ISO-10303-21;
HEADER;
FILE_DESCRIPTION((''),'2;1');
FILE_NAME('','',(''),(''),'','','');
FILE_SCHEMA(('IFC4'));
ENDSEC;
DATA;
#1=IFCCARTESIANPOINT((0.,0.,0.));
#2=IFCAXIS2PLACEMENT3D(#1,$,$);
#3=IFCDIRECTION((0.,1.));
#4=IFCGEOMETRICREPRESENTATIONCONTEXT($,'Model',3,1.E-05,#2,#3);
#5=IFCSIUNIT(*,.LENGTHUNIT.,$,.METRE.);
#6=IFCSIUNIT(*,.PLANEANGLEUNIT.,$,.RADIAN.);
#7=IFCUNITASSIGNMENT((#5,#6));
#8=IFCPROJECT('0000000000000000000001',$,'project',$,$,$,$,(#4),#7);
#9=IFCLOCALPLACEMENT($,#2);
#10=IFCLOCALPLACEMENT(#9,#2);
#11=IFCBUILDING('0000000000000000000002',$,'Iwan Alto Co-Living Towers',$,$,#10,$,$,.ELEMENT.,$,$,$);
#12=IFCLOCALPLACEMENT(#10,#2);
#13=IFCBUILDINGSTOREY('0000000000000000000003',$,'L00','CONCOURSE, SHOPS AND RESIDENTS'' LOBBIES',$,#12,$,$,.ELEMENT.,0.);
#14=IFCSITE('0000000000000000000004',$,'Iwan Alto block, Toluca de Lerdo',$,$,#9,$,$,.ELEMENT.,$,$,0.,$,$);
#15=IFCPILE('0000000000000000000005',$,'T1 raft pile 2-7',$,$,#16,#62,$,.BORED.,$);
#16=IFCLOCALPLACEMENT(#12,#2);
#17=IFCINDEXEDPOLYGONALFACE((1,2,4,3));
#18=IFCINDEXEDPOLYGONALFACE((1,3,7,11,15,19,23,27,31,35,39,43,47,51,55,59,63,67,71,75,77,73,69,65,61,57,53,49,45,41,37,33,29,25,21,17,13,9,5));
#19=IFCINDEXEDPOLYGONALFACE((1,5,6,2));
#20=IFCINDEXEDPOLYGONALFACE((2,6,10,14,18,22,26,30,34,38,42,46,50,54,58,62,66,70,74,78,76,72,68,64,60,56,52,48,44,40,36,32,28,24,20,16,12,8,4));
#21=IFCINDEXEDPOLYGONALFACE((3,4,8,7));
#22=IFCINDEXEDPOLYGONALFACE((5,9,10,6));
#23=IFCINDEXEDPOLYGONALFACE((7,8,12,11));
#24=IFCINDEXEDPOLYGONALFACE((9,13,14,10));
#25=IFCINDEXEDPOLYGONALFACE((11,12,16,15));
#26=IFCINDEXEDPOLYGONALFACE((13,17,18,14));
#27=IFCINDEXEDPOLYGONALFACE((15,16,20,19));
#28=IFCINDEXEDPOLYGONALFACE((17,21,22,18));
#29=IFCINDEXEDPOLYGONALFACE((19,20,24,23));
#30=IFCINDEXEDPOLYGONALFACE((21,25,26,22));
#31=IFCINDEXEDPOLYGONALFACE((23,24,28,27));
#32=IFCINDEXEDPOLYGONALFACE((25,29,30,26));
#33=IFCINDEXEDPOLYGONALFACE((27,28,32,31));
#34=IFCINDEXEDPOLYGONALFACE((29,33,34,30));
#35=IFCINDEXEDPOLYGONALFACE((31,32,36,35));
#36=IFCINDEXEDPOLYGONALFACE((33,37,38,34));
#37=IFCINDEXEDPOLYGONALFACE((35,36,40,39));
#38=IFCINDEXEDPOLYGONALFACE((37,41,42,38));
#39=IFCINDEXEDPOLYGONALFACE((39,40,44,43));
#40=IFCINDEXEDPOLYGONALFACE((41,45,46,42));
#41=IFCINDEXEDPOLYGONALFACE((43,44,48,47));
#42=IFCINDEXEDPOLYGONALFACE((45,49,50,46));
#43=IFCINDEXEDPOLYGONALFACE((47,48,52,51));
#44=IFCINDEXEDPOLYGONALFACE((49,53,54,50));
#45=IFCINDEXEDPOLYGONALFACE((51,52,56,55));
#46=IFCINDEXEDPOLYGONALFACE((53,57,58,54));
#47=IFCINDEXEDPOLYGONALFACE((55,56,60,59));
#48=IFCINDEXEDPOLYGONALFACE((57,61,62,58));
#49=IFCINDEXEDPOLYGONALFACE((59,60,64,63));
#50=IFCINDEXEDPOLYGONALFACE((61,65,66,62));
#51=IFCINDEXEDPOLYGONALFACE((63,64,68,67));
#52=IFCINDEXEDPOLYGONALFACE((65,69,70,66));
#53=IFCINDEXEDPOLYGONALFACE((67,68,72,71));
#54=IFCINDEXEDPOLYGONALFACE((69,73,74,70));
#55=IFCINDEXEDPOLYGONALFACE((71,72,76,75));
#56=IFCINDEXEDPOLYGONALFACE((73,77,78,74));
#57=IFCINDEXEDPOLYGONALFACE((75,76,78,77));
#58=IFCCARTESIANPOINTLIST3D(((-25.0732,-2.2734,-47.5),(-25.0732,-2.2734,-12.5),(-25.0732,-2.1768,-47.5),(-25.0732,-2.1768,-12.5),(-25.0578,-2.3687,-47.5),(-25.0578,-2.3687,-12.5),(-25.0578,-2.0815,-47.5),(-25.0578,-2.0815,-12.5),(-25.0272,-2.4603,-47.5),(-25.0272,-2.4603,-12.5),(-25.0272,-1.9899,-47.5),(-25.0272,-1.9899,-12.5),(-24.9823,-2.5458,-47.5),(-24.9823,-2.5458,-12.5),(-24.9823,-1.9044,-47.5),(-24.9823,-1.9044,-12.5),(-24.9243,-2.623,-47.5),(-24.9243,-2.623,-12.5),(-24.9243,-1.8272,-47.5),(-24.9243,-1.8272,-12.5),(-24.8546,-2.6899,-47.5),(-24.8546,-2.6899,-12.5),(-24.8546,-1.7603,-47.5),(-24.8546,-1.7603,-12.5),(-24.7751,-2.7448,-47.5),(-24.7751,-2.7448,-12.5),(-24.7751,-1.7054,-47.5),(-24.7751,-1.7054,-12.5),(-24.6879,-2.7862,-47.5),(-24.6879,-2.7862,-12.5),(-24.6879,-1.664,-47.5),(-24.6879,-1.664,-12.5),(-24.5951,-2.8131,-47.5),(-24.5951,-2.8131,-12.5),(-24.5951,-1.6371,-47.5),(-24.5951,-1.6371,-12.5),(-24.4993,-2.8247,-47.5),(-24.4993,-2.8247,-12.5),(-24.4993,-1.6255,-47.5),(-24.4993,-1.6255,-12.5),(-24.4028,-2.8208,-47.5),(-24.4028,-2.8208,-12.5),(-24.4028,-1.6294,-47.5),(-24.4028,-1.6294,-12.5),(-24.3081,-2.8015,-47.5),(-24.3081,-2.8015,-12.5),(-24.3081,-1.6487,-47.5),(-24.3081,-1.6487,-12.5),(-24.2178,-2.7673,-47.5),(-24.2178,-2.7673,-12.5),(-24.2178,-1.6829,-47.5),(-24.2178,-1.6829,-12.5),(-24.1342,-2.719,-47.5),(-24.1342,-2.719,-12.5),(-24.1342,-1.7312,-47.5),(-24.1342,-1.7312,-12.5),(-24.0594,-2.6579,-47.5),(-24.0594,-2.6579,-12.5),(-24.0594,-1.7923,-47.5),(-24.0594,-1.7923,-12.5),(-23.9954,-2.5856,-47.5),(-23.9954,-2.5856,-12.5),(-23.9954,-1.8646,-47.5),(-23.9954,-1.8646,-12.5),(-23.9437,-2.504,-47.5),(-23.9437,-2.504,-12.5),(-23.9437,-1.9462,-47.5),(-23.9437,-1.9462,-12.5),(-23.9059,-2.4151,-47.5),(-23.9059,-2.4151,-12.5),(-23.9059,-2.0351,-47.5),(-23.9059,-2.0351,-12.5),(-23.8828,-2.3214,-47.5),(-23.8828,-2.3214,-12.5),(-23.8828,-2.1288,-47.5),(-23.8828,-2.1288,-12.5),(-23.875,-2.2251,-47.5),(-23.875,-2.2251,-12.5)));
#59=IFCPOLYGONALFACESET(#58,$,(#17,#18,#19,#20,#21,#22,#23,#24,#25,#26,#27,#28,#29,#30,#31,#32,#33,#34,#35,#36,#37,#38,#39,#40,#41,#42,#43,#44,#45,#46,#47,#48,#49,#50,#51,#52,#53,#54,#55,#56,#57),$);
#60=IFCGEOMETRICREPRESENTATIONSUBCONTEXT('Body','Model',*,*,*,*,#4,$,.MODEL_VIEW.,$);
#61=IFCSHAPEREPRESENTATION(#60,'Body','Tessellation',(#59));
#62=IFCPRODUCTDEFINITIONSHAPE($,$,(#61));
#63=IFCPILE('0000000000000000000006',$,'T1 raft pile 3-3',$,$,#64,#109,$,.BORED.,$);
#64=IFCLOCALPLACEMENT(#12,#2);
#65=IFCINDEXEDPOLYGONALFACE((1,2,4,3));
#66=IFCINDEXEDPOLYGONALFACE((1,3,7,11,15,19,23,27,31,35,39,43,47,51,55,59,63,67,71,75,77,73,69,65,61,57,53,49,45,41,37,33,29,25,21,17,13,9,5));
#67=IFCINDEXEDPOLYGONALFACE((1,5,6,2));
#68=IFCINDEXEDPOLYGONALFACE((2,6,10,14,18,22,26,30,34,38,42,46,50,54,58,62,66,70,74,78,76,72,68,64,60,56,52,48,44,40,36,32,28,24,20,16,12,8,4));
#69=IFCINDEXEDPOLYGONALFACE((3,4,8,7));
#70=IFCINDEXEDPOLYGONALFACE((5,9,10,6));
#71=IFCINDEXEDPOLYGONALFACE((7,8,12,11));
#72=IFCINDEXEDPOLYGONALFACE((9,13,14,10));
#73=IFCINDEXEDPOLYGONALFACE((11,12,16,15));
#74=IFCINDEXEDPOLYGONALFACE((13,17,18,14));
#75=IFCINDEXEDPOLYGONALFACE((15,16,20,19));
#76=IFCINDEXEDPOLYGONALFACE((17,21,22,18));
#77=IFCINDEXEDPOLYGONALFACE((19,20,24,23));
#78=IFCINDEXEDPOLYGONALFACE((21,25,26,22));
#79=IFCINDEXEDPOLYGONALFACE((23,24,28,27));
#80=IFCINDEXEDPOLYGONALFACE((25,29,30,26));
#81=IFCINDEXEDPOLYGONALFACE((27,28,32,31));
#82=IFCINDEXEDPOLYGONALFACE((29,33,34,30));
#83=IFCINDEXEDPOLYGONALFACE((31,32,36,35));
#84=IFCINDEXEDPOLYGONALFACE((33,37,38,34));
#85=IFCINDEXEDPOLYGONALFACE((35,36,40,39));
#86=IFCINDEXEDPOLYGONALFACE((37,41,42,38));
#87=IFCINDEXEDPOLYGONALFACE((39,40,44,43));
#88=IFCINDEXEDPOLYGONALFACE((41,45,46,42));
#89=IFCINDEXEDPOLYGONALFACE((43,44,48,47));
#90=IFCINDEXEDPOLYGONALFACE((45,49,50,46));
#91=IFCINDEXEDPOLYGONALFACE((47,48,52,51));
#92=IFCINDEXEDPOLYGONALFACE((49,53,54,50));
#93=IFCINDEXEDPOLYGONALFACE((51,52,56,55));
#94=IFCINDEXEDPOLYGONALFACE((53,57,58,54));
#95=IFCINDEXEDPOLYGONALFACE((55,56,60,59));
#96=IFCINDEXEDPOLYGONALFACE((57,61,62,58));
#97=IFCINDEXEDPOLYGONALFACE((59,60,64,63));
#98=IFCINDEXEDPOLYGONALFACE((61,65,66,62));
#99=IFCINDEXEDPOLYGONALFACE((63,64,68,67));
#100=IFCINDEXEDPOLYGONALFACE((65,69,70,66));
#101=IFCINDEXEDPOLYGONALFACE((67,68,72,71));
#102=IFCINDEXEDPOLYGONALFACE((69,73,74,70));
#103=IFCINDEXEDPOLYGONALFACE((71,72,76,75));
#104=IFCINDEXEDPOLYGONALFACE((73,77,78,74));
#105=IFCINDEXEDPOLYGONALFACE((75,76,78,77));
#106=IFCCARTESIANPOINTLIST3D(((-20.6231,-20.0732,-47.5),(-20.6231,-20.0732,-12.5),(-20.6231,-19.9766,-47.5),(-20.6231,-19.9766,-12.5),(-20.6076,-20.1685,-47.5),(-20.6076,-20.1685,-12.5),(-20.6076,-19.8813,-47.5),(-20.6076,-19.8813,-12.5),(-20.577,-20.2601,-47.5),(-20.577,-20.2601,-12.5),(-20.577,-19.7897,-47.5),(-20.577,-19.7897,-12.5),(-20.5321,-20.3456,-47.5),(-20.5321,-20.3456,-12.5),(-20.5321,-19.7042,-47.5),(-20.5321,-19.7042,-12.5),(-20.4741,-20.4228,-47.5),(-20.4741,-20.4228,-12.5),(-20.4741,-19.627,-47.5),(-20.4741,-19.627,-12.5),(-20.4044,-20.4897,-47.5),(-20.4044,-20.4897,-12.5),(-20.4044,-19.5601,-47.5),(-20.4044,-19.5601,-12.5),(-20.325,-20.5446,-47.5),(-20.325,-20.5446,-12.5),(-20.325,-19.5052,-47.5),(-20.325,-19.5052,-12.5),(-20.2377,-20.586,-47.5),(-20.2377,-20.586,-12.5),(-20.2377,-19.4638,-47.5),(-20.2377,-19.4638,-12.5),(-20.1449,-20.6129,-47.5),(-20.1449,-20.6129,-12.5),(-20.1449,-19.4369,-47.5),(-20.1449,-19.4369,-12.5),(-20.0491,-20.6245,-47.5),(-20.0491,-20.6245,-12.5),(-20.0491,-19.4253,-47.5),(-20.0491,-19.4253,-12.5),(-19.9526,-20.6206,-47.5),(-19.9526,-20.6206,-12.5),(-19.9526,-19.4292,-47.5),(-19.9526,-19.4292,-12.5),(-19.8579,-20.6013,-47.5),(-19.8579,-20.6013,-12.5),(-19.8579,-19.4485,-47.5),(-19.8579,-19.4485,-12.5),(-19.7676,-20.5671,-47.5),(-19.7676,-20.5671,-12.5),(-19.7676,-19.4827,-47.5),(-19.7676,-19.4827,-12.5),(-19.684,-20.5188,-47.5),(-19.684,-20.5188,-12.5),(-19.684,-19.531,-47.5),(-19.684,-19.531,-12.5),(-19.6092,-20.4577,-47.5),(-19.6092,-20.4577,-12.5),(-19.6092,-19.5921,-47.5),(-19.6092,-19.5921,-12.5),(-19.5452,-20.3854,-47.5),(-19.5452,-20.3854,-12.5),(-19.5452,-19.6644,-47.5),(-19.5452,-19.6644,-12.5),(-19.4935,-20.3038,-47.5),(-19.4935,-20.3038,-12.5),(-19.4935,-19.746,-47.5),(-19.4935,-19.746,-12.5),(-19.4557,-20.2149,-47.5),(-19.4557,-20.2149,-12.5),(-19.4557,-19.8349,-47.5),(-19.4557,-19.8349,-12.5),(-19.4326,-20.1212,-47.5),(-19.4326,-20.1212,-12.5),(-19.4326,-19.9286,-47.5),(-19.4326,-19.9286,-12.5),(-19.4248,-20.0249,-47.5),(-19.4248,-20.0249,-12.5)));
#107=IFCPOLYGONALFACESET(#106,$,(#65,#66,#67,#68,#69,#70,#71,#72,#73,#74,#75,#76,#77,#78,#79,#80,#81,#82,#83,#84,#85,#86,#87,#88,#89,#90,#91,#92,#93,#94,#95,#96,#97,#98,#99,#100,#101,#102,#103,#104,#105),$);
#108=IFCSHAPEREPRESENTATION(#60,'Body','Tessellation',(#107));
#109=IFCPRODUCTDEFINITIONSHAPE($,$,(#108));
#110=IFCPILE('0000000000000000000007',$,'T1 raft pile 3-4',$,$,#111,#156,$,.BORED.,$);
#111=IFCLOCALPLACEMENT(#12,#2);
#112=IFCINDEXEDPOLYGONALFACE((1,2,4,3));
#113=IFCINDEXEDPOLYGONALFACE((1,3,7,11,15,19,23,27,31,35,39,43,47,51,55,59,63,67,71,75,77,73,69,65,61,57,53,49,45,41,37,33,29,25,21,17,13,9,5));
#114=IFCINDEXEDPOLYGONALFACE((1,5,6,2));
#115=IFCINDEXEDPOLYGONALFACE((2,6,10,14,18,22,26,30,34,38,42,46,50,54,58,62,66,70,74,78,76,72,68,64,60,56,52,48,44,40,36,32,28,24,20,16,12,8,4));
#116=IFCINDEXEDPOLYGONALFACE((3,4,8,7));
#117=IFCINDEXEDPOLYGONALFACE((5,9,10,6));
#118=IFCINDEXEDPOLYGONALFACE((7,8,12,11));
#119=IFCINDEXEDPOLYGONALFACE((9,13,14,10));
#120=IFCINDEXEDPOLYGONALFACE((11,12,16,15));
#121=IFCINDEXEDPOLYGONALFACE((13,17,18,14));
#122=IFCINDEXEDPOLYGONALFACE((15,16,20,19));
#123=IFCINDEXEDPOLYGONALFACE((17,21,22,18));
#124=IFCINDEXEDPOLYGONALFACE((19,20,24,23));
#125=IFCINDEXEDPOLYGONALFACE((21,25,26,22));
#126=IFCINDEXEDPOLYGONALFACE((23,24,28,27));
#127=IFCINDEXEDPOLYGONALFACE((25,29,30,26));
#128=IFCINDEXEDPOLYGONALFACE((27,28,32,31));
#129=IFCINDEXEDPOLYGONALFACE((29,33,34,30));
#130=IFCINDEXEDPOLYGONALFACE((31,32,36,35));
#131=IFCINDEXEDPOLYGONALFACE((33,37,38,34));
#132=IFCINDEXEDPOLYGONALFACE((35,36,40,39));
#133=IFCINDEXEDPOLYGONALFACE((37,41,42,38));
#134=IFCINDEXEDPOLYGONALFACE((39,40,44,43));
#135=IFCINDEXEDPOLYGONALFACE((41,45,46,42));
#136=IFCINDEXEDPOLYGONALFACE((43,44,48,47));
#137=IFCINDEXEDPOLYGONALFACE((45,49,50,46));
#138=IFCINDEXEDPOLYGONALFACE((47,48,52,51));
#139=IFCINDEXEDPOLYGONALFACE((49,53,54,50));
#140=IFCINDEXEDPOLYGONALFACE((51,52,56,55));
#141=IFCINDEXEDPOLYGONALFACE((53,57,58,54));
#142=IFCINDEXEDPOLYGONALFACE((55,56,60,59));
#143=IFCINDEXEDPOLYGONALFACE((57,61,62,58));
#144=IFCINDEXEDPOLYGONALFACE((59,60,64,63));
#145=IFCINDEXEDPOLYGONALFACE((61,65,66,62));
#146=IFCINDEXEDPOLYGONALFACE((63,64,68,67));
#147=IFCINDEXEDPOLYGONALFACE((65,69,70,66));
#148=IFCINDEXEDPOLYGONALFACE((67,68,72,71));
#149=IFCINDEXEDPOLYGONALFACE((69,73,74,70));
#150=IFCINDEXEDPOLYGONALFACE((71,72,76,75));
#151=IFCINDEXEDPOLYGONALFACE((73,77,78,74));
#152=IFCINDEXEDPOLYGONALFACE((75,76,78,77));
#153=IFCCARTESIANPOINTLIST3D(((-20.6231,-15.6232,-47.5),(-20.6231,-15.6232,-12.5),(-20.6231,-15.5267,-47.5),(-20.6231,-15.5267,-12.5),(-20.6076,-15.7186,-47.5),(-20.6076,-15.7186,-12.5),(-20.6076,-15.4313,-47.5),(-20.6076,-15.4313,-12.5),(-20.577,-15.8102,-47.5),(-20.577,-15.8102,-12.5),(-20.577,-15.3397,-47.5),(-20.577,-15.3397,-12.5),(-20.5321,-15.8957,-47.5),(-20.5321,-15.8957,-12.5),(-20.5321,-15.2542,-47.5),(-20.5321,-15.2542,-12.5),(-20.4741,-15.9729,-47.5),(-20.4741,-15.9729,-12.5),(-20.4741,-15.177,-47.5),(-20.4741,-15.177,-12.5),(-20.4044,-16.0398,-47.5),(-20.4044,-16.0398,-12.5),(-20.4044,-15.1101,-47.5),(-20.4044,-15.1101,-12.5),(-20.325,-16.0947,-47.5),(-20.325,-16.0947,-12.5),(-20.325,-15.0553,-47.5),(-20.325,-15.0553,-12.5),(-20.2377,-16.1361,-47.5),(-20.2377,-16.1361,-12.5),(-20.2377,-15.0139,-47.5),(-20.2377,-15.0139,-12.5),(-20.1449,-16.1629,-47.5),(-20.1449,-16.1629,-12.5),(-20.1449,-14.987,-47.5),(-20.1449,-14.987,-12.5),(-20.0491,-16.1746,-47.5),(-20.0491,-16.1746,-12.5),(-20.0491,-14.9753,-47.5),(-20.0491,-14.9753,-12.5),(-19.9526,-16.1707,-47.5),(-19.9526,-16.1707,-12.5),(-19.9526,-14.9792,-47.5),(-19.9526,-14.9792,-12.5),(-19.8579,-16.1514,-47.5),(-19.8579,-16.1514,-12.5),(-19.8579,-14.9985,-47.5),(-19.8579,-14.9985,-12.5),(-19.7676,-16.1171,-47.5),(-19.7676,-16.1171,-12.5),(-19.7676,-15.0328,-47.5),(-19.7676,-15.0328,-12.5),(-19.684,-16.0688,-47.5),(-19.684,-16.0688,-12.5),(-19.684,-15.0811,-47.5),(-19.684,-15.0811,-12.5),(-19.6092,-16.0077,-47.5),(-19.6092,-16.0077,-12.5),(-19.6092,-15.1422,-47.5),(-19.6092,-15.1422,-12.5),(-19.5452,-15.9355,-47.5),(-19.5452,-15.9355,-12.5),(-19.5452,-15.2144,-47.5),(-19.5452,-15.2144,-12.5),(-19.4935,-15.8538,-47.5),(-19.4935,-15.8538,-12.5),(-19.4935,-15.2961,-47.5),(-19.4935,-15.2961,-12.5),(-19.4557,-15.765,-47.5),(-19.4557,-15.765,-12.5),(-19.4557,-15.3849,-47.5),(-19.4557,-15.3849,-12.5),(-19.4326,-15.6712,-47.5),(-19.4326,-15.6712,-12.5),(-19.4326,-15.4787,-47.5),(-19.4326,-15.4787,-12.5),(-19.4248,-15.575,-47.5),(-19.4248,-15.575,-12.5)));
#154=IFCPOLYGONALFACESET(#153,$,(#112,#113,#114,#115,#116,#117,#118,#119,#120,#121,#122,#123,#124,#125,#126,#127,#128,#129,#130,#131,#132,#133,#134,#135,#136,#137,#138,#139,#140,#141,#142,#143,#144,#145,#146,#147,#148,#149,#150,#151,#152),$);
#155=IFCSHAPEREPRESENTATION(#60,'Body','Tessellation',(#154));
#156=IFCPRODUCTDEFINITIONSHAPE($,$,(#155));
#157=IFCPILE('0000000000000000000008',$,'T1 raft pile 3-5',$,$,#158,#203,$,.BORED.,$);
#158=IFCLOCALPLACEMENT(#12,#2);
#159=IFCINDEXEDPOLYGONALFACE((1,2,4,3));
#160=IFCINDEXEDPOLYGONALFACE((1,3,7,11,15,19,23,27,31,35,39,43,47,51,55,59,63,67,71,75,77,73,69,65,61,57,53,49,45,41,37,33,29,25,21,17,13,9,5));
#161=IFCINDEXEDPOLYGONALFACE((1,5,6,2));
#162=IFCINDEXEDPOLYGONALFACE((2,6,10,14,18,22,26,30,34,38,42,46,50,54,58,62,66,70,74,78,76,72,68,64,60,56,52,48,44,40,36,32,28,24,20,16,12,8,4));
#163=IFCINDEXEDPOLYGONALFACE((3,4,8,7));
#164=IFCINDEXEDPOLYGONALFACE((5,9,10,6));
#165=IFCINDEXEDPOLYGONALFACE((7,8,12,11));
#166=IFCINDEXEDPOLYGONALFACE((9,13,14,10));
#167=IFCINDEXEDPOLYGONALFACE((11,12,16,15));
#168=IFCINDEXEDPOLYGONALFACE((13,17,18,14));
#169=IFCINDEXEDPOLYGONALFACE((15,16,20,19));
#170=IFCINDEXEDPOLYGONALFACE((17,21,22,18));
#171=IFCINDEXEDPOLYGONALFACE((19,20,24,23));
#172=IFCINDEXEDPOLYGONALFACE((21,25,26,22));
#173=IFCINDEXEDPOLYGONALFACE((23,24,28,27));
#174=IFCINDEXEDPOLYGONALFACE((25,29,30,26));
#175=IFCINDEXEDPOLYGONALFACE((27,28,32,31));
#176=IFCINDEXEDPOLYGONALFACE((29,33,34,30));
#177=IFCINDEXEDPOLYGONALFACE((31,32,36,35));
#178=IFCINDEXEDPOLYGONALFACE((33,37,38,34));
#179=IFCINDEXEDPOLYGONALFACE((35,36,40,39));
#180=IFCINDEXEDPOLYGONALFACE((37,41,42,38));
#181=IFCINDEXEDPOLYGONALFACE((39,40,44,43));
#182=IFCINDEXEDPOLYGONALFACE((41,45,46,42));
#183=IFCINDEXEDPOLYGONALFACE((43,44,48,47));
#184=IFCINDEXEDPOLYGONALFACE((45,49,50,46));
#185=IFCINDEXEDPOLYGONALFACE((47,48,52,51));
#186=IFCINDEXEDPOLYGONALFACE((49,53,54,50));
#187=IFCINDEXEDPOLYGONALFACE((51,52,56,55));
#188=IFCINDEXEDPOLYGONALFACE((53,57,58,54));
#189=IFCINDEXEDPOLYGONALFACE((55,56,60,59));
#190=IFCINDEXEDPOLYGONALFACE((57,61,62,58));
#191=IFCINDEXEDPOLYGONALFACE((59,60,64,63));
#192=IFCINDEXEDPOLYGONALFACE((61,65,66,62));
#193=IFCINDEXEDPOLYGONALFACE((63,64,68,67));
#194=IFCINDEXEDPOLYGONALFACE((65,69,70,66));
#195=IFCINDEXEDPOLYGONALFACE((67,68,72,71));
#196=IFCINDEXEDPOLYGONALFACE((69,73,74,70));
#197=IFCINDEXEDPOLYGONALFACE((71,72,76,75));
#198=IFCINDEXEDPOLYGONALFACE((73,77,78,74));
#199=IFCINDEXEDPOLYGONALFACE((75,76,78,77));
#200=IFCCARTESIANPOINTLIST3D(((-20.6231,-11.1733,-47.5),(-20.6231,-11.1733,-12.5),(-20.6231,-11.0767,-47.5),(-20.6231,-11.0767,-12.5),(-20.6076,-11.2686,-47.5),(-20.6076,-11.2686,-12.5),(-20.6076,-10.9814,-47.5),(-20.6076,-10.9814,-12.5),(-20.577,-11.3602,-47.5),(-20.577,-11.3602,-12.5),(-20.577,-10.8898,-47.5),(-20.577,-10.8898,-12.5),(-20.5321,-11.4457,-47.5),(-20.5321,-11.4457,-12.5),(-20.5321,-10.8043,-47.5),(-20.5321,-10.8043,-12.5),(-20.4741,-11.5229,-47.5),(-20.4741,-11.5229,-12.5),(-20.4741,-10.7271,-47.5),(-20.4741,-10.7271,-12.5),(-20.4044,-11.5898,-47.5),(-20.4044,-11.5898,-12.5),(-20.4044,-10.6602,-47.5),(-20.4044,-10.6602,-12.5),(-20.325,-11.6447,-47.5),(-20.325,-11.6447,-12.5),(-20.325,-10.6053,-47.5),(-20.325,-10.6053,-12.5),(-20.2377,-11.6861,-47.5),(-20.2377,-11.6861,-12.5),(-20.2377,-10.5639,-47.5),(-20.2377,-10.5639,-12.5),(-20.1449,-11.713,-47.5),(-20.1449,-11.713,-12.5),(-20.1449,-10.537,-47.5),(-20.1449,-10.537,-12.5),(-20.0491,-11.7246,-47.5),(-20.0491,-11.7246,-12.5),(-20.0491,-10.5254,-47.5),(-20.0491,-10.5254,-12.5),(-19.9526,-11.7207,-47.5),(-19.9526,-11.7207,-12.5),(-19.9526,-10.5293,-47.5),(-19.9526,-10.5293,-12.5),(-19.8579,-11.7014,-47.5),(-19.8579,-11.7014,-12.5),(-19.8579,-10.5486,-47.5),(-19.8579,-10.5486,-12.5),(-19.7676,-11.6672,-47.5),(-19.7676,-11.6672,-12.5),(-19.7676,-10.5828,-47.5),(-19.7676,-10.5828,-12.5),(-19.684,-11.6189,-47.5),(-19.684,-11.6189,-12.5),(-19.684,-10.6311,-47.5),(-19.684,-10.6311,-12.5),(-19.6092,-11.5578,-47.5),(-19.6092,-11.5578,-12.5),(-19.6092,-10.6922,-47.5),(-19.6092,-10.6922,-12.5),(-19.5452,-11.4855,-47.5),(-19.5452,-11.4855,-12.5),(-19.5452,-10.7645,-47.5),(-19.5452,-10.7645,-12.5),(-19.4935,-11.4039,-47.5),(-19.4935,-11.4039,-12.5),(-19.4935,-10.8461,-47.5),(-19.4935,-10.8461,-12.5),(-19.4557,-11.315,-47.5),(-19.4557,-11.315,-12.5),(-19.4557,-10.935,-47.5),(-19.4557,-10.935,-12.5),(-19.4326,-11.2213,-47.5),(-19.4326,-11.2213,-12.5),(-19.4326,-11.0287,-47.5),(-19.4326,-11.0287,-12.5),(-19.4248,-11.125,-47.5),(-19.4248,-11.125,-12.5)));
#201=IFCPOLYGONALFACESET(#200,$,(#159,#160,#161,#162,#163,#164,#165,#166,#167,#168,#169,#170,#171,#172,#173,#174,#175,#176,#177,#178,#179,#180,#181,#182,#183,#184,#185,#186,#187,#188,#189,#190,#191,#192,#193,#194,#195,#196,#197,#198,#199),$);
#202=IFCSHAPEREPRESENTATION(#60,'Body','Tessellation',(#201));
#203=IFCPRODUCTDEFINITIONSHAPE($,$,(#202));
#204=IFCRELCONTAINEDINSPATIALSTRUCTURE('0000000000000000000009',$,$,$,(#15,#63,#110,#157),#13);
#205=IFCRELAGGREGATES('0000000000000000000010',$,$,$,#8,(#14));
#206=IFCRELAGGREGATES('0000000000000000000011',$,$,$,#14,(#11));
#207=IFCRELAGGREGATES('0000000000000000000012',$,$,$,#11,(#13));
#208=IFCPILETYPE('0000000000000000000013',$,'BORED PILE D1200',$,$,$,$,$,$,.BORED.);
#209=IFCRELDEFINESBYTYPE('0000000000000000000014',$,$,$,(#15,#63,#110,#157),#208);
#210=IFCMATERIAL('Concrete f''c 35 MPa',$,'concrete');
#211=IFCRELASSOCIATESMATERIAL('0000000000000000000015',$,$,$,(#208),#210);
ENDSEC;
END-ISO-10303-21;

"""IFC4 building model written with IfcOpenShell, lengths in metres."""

from ifc_helpers import new_model, si_unit, direction, frame, origin, origin_2d, place, context, subcontext, project, spatial, circle, extrude, material, material_profile, profile_set, type_object, element, save


model = new_model("IFC4")

# Units and contexts
model_context = context("Model", 3, precision=1e-05, world=origin(), true_north=direction((0.0, 1.0)))
body_context = subcontext(model_context, "Body", "Model", "MODEL_VIEW")
ifc_project = project(units=[si_unit("LENGTHUNIT", "METRE"), si_unit("PLANEANGLEUNIT", "RADIAN")], contexts=[model_context])

# Site, building, storey
site_placement = place(None, origin())
site = spatial("IfcSite", under=ifc_project, at=site_placement, Name="Iwan Alto block, Toluca de Lerdo", CompositionType="ELEMENT", RefElevation=0.0)
building_placement = place(site_placement, origin())
building = spatial("IfcBuilding", under=site, at=building_placement, Name="Iwan Alto Co-Living Towers", CompositionType="ELEMENT")
storey_placement = place(building_placement, origin())
storey = spatial("IfcBuildingStorey", under=building, at=storey_placement, Name="L00", Description="CONCOURSE, SHOPS AND RESIDENTS' LOBBIES", CompositionType="ELEMENT", Elevation=0.0)

# Piles
ifc_material_1 = material(Name="Concrete f'c 35 MPa", Category="concrete")
ifc_material_profile_1 = material_profile(ifc_material_1, circle(Radius=0.6001, at=origin_2d()), Name="D1200")
ifc_profile_set_1 = profile_set([ifc_material_profile_1], Name="Concrete f'c 35 MPa")
pile_type = type_object("IfcPileType", Name="BORED PILE D1200", PredefinedType="BORED", material=ifc_profile_set_1)
for number, where, z_axis, x_axis, name in (
    (1, (-24.4751, -2.2251, -12.5), (0.0, 0.0, -1.0), (1.0, 0.0, 0.0), "T1 raft pile 2-7"),
    (2, (-20.0249, -20.0249, -12.5), (0.0, 0.0, -1.0), (1.0, 0.0, 0.0), "T1 raft pile 3-3"),
    (3, (-20.0249, -15.575, -12.5), (0.0, 0.0, -1.0), (1.0, 0.0, 0.0), "T1 raft pile 3-4"),
    (4, (-20.0249, -11.125, -12.5), (0.0, 0.0, -1.0), (1.0, 0.0, 0.0), "T1 raft pile 3-5"),
):
    element("IfcPile", number, at=place(storey_placement, frame(where, z_axis=z_axis, x_axis=x_axis)), inside=storey, type_object=pile_type, Name=name, PredefinedType="BORED", context=body_context, shape_type="SweptSolid", body=[
        extrude(circle(Radius=0.6001, at=origin_2d()), origin(), (0.0, 0.0, 1.0), 35.0),
    ])

save(model, "model.ifc")
